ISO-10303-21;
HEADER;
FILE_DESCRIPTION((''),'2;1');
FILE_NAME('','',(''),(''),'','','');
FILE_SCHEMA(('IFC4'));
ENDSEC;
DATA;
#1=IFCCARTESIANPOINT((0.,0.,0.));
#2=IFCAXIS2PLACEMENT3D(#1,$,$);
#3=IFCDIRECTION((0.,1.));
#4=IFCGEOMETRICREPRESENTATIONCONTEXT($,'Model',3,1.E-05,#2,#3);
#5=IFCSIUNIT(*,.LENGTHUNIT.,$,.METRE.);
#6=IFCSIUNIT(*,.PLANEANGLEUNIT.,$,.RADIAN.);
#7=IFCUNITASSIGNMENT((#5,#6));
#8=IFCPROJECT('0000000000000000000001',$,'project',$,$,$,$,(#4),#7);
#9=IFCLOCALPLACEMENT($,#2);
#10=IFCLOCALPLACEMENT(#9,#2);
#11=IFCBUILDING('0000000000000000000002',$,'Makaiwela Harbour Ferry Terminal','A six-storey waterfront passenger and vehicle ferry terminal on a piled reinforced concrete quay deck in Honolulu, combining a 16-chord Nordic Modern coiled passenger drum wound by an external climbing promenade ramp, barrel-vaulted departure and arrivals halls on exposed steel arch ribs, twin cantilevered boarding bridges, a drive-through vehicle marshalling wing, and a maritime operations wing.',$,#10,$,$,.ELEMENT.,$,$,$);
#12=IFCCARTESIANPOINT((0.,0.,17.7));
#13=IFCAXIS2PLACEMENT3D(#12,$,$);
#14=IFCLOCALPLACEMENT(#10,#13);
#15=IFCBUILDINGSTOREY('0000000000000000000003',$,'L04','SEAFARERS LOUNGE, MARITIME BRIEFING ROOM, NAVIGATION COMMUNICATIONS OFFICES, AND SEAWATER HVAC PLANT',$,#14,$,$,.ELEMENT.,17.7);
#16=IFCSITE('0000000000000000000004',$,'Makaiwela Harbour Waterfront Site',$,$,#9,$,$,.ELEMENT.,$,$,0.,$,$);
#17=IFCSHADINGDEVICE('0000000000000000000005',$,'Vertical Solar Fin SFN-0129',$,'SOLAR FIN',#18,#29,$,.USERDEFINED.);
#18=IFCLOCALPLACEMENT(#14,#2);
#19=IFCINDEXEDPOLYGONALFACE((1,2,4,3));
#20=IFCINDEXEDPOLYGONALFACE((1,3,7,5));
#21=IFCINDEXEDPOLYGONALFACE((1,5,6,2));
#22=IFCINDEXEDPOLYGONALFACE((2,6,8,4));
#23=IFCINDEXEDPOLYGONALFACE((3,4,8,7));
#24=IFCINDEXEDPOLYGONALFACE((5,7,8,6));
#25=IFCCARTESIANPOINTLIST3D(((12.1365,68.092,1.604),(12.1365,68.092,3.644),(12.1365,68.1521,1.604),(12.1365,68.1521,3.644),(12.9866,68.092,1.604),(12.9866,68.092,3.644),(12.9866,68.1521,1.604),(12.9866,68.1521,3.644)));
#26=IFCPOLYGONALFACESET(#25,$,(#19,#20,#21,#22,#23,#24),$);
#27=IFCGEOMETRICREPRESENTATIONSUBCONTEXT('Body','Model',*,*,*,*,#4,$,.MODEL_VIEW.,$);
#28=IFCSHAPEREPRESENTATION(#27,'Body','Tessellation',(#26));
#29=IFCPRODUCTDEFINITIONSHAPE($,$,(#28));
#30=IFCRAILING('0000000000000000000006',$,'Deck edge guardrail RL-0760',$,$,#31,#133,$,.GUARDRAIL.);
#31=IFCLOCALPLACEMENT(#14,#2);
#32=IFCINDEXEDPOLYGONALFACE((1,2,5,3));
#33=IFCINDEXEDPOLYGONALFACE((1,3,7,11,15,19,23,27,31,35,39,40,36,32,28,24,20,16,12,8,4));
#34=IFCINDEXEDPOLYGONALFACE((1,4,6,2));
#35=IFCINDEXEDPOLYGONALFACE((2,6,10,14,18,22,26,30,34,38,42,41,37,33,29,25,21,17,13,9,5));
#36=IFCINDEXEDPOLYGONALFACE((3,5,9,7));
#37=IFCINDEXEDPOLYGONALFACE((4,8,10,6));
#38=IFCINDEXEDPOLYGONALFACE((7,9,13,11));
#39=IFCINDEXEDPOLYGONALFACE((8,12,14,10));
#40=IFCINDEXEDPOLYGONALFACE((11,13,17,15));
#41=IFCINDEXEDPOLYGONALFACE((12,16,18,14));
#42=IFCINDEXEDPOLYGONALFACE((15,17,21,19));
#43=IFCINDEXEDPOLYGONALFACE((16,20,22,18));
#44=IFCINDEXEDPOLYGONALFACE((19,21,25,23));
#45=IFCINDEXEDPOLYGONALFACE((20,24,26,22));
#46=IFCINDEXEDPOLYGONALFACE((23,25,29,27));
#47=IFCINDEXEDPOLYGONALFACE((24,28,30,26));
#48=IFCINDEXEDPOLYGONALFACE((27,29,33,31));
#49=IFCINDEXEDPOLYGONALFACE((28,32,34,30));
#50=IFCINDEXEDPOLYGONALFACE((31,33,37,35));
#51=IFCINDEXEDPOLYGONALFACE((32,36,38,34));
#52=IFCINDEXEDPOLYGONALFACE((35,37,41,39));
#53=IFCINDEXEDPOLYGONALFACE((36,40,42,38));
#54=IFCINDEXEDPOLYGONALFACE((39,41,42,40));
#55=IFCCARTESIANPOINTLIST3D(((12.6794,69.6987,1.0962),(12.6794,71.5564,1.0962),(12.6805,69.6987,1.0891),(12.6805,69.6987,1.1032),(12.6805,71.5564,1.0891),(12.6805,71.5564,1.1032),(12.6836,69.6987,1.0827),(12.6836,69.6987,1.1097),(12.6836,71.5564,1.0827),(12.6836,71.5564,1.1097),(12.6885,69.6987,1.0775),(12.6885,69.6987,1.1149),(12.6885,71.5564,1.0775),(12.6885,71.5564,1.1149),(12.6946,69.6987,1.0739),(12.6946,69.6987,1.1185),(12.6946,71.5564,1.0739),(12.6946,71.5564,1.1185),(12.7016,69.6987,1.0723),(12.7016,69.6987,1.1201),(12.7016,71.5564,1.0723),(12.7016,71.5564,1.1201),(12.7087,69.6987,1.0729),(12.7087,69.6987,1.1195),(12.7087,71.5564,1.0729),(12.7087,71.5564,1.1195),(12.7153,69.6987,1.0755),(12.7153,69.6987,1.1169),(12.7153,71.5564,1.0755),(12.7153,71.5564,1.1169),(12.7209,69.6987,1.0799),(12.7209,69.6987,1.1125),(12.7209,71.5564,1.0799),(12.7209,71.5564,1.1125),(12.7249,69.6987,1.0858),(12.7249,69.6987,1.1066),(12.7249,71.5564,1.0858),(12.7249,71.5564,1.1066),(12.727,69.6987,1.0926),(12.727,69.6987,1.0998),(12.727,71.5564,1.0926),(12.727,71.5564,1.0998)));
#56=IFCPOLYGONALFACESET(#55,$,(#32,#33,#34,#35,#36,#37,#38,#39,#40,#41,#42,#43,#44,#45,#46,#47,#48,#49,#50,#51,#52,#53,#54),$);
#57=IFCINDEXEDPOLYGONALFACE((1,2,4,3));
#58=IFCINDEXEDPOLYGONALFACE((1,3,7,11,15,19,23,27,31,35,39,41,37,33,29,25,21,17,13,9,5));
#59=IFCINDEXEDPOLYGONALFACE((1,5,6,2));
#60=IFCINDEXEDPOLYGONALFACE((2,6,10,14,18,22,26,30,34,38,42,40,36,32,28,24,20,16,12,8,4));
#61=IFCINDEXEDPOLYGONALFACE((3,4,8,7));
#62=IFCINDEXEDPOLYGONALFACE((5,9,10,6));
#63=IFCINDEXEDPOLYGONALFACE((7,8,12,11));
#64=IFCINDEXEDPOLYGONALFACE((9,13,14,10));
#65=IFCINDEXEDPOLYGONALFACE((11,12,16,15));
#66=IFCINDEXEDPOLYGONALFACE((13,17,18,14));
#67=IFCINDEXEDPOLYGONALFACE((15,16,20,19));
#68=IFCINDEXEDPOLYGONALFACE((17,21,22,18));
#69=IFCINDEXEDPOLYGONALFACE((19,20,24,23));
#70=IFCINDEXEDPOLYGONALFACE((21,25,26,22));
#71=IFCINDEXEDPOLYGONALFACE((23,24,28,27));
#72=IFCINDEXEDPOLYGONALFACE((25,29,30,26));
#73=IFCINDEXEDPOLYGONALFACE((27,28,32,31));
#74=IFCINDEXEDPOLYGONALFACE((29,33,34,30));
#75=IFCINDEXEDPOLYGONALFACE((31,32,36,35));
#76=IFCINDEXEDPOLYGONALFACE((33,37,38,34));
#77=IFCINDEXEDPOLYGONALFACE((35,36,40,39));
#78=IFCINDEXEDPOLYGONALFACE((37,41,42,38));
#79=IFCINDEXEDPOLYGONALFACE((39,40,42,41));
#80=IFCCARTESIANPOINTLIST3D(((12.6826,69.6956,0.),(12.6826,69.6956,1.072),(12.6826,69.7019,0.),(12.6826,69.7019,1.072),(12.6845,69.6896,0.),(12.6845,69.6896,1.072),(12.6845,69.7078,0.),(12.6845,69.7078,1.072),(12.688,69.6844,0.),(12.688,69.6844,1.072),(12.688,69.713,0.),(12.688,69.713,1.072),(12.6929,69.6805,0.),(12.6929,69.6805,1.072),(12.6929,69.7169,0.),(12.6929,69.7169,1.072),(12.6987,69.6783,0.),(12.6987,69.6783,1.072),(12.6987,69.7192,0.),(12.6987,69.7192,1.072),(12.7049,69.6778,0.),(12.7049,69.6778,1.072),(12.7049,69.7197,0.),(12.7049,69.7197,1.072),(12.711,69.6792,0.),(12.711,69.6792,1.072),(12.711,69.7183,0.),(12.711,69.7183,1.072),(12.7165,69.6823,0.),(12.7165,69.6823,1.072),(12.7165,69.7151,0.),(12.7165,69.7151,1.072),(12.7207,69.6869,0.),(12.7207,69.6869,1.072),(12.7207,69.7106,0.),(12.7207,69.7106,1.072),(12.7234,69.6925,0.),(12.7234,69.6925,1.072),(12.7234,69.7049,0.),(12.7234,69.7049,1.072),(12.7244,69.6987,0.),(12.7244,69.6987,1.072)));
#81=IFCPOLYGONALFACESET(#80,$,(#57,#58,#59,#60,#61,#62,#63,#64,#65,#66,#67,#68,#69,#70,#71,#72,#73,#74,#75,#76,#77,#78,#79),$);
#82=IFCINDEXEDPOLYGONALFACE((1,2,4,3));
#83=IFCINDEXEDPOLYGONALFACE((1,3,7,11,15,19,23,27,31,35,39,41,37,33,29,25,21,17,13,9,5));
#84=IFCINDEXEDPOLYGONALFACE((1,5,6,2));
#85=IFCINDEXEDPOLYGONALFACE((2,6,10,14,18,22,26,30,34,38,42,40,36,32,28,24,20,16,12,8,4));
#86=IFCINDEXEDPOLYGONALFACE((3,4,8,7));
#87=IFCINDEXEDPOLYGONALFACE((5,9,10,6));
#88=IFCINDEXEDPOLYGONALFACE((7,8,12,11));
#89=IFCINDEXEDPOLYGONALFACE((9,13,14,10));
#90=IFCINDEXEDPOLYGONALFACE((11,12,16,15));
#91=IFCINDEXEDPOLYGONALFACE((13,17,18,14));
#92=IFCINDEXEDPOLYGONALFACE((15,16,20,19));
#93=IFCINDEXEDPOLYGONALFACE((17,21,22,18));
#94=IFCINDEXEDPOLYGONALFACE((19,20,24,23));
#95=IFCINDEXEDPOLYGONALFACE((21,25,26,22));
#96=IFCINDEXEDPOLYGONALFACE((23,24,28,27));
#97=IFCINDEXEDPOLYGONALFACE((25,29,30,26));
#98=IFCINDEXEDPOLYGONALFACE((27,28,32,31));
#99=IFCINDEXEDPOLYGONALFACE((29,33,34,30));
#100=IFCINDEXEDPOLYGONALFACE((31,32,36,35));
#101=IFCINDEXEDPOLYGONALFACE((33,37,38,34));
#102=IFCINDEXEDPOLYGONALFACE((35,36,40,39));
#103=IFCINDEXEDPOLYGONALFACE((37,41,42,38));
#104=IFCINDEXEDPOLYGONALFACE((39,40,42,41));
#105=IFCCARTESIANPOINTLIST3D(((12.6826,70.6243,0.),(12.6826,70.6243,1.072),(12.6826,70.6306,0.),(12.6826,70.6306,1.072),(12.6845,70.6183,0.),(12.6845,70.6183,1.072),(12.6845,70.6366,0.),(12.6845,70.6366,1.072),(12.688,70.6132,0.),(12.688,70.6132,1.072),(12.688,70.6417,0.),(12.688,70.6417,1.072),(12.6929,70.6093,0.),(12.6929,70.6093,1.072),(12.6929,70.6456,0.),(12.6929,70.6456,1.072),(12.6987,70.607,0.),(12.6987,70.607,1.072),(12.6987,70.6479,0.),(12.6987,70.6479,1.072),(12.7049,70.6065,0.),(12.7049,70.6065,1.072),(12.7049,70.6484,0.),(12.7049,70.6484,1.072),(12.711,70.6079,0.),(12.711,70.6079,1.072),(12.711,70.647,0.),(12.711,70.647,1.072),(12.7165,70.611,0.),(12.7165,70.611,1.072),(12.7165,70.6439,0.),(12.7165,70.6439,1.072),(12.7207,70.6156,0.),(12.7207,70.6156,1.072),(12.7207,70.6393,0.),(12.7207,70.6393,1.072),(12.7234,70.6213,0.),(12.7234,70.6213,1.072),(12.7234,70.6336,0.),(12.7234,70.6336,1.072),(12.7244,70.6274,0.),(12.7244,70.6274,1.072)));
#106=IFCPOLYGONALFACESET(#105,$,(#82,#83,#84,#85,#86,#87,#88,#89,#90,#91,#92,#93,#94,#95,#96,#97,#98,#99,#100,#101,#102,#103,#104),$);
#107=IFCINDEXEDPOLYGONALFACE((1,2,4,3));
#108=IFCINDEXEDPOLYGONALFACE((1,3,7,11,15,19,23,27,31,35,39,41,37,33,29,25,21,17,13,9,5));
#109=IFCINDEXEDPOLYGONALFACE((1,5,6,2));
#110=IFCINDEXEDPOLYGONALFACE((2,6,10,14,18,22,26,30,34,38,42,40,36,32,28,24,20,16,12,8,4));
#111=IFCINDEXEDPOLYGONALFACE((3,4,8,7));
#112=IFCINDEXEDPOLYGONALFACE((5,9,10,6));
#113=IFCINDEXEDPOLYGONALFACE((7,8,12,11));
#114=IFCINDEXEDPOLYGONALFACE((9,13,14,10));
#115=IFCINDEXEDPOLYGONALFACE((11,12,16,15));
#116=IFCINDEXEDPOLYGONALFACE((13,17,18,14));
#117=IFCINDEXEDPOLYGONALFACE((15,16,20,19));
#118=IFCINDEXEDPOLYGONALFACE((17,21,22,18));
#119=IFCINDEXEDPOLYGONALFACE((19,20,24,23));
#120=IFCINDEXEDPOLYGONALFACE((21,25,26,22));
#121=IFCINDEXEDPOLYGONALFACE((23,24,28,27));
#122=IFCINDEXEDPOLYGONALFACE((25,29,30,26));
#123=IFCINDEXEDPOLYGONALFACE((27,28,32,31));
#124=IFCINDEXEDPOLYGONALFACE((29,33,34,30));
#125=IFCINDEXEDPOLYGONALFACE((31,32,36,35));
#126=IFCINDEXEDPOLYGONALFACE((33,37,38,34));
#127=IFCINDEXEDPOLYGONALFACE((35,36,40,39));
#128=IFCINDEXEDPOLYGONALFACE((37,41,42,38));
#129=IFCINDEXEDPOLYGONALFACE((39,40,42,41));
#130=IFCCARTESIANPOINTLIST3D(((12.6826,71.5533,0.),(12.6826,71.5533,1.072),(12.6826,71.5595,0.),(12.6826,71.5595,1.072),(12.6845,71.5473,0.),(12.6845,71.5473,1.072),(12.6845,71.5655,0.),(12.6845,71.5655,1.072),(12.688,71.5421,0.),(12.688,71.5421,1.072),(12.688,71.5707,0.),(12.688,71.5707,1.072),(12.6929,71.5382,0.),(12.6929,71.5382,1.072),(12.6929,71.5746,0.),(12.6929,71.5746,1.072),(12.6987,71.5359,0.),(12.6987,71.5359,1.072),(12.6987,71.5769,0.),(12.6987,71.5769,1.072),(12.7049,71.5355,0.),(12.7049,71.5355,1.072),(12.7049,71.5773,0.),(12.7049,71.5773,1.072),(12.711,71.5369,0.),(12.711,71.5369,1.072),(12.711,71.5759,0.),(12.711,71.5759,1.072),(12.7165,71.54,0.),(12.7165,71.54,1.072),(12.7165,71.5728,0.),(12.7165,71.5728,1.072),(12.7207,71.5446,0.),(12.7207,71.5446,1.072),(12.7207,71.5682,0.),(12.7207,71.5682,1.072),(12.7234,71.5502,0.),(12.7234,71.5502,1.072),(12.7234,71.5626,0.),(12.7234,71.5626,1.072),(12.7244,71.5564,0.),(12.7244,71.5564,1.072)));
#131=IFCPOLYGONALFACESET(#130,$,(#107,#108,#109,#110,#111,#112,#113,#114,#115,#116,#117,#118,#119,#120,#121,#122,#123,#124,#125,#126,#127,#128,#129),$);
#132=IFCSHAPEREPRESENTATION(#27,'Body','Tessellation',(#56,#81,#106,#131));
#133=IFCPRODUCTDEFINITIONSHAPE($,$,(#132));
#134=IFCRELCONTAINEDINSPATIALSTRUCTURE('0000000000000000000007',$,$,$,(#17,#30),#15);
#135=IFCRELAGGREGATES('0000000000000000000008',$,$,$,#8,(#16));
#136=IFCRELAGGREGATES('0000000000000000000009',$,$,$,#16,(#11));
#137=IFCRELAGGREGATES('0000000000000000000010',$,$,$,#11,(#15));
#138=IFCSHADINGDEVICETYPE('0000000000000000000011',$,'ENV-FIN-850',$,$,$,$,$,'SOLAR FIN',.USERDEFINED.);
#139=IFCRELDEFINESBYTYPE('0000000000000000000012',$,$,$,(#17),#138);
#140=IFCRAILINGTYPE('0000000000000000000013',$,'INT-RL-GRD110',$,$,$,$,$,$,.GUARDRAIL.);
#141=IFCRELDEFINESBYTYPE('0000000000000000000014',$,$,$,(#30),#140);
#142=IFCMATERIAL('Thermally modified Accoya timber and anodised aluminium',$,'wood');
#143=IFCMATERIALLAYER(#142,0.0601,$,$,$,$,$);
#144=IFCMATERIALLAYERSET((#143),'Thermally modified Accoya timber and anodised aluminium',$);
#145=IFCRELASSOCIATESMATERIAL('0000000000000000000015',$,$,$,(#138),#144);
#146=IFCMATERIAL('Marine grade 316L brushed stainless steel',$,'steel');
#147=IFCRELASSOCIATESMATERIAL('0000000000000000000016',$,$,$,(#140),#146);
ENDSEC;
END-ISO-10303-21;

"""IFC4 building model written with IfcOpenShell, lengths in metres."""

from ifc_helpers import new_model, si_unit, direction, frame, origin, origin_2d, place, context, subcontext, project, spatial, rectangle, circle, extrude, material, layer, layer_set, type_object, element, save


model = new_model("IFC4")

# Units and contexts
model_context = context("Model", 3, precision=1e-05, world=origin(), true_north=direction((0.0, 1.0)))
body_context = subcontext(model_context, "Body", "Model", "MODEL_VIEW")
ifc_project = project(units=[si_unit("LENGTHUNIT", "METRE"), si_unit("PLANEANGLEUNIT", "RADIAN")], contexts=[model_context])

# Site, building, storey
site_placement = place(None, origin())
site = spatial("IfcSite", under=ifc_project, at=site_placement, Name="Makaiwela Harbour Waterfront Site", CompositionType="ELEMENT", RefElevation=0.0)
building_placement = place(site_placement, origin())
building = spatial("IfcBuilding", under=site, at=building_placement, Name="Makaiwela Harbour Ferry Terminal", Description="A six-storey waterfront passenger and vehicle ferry terminal on a piled reinforced concrete quay deck in Honolulu, combining a 16-chord Nordic Modern coiled passenger drum wound by an external climbing promenade ramp, barrel-vaulted departure and arrivals halls on exposed steel arch ribs, twin cantilevered boarding bridges, a drive-through vehicle marshalling wing, and a maritime operations wing.", CompositionType="ELEMENT")
storey_placement = place(building_placement, frame((0.0, 0.0, 17.7)))
storey = spatial("IfcBuildingStorey", under=building, at=storey_placement, Name="L04", Description="SEAFARERS LOUNGE, MARITIME BRIEFING ROOM, NAVIGATION COMMUNICATIONS OFFICES, AND SEAWATER HVAC PLANT", CompositionType="ELEMENT", Elevation=17.7)

# Shading device
ifc_material_1 = material(Name="Thermally modified Accoya timber and anodised aluminium", Category="wood")
ifc_layer_1 = layer(ifc_material_1, 0.0601)
ifc_layer_set_1 = layer_set([ifc_layer_1], Name="Thermally modified Accoya timber and anodised aluminium")
shading_device_type = type_object("IfcShadingDeviceType", Name="ENV-FIN-850", ElementType="SOLAR FIN", PredefinedType="USERDEFINED", material=ifc_layer_set_1)
for number, where, z_axis, x_axis, name in (
    (1, (12.5615, 68.1221, 1.604), (0.0, 0.0, 1.0), (-1.0, 0.0, 0.0), "Vertical Solar Fin SFN-0129"),
):
    element("IfcShadingDevice", number, at=place(storey_placement, frame(where, z_axis=z_axis, x_axis=x_axis)), inside=storey, type_object=shading_device_type, Name=name, ObjectType="SOLAR FIN", PredefinedType="USERDEFINED", context=body_context, shape_type="SweptSolid", body=[
        extrude(rectangle(XDim=0.8501, YDim=0.0601, at=origin_2d()), origin(), (0.0, 0.0, 1.0), 2.04),
    ])

# Railing
ifc_material_2 = material(Name="Marine grade 316L brushed stainless steel", Category="steel")
railing_type = type_object("IfcRailingType", Name="INT-RL-GRD110", PredefinedType="GUARDRAIL", material=ifc_material_2)
railing_1_placement = place(storey_placement, frame((12.7034, 69.6987, 0.0)))
element("IfcRailing", 2, at=railing_1_placement, inside=storey, type_object=railing_type, Name="Deck edge guardrail RL-0760", PredefinedType="GUARDRAIL", context=body_context, shape_type="SweptSolid", body=[
    extrude(circle(Radius=0.0239, at=origin_2d()), frame((0.0, 0.0, 1.0962), z_axis=(0.0, 1.0, 0.0), x_axis=(-1.0, 0.0, 0.0)), (0.0, 0.0, 1.0), 1.8577),
    extrude(circle(Radius=0.021, at=origin_2d()), origin(), (0.0, 0.0, 1.0), 1.072),
    extrude(circle(Radius=0.021, at=origin_2d()), frame((0.0, 0.9287, 0.0)), (0.0, 0.0, 1.0), 1.072),
    extrude(circle(Radius=0.021, at=origin_2d()), frame((0.0, 1.8577, 0.0)), (0.0, 0.0, 1.0), 1.072),
])

save(model, "model.ifc")
